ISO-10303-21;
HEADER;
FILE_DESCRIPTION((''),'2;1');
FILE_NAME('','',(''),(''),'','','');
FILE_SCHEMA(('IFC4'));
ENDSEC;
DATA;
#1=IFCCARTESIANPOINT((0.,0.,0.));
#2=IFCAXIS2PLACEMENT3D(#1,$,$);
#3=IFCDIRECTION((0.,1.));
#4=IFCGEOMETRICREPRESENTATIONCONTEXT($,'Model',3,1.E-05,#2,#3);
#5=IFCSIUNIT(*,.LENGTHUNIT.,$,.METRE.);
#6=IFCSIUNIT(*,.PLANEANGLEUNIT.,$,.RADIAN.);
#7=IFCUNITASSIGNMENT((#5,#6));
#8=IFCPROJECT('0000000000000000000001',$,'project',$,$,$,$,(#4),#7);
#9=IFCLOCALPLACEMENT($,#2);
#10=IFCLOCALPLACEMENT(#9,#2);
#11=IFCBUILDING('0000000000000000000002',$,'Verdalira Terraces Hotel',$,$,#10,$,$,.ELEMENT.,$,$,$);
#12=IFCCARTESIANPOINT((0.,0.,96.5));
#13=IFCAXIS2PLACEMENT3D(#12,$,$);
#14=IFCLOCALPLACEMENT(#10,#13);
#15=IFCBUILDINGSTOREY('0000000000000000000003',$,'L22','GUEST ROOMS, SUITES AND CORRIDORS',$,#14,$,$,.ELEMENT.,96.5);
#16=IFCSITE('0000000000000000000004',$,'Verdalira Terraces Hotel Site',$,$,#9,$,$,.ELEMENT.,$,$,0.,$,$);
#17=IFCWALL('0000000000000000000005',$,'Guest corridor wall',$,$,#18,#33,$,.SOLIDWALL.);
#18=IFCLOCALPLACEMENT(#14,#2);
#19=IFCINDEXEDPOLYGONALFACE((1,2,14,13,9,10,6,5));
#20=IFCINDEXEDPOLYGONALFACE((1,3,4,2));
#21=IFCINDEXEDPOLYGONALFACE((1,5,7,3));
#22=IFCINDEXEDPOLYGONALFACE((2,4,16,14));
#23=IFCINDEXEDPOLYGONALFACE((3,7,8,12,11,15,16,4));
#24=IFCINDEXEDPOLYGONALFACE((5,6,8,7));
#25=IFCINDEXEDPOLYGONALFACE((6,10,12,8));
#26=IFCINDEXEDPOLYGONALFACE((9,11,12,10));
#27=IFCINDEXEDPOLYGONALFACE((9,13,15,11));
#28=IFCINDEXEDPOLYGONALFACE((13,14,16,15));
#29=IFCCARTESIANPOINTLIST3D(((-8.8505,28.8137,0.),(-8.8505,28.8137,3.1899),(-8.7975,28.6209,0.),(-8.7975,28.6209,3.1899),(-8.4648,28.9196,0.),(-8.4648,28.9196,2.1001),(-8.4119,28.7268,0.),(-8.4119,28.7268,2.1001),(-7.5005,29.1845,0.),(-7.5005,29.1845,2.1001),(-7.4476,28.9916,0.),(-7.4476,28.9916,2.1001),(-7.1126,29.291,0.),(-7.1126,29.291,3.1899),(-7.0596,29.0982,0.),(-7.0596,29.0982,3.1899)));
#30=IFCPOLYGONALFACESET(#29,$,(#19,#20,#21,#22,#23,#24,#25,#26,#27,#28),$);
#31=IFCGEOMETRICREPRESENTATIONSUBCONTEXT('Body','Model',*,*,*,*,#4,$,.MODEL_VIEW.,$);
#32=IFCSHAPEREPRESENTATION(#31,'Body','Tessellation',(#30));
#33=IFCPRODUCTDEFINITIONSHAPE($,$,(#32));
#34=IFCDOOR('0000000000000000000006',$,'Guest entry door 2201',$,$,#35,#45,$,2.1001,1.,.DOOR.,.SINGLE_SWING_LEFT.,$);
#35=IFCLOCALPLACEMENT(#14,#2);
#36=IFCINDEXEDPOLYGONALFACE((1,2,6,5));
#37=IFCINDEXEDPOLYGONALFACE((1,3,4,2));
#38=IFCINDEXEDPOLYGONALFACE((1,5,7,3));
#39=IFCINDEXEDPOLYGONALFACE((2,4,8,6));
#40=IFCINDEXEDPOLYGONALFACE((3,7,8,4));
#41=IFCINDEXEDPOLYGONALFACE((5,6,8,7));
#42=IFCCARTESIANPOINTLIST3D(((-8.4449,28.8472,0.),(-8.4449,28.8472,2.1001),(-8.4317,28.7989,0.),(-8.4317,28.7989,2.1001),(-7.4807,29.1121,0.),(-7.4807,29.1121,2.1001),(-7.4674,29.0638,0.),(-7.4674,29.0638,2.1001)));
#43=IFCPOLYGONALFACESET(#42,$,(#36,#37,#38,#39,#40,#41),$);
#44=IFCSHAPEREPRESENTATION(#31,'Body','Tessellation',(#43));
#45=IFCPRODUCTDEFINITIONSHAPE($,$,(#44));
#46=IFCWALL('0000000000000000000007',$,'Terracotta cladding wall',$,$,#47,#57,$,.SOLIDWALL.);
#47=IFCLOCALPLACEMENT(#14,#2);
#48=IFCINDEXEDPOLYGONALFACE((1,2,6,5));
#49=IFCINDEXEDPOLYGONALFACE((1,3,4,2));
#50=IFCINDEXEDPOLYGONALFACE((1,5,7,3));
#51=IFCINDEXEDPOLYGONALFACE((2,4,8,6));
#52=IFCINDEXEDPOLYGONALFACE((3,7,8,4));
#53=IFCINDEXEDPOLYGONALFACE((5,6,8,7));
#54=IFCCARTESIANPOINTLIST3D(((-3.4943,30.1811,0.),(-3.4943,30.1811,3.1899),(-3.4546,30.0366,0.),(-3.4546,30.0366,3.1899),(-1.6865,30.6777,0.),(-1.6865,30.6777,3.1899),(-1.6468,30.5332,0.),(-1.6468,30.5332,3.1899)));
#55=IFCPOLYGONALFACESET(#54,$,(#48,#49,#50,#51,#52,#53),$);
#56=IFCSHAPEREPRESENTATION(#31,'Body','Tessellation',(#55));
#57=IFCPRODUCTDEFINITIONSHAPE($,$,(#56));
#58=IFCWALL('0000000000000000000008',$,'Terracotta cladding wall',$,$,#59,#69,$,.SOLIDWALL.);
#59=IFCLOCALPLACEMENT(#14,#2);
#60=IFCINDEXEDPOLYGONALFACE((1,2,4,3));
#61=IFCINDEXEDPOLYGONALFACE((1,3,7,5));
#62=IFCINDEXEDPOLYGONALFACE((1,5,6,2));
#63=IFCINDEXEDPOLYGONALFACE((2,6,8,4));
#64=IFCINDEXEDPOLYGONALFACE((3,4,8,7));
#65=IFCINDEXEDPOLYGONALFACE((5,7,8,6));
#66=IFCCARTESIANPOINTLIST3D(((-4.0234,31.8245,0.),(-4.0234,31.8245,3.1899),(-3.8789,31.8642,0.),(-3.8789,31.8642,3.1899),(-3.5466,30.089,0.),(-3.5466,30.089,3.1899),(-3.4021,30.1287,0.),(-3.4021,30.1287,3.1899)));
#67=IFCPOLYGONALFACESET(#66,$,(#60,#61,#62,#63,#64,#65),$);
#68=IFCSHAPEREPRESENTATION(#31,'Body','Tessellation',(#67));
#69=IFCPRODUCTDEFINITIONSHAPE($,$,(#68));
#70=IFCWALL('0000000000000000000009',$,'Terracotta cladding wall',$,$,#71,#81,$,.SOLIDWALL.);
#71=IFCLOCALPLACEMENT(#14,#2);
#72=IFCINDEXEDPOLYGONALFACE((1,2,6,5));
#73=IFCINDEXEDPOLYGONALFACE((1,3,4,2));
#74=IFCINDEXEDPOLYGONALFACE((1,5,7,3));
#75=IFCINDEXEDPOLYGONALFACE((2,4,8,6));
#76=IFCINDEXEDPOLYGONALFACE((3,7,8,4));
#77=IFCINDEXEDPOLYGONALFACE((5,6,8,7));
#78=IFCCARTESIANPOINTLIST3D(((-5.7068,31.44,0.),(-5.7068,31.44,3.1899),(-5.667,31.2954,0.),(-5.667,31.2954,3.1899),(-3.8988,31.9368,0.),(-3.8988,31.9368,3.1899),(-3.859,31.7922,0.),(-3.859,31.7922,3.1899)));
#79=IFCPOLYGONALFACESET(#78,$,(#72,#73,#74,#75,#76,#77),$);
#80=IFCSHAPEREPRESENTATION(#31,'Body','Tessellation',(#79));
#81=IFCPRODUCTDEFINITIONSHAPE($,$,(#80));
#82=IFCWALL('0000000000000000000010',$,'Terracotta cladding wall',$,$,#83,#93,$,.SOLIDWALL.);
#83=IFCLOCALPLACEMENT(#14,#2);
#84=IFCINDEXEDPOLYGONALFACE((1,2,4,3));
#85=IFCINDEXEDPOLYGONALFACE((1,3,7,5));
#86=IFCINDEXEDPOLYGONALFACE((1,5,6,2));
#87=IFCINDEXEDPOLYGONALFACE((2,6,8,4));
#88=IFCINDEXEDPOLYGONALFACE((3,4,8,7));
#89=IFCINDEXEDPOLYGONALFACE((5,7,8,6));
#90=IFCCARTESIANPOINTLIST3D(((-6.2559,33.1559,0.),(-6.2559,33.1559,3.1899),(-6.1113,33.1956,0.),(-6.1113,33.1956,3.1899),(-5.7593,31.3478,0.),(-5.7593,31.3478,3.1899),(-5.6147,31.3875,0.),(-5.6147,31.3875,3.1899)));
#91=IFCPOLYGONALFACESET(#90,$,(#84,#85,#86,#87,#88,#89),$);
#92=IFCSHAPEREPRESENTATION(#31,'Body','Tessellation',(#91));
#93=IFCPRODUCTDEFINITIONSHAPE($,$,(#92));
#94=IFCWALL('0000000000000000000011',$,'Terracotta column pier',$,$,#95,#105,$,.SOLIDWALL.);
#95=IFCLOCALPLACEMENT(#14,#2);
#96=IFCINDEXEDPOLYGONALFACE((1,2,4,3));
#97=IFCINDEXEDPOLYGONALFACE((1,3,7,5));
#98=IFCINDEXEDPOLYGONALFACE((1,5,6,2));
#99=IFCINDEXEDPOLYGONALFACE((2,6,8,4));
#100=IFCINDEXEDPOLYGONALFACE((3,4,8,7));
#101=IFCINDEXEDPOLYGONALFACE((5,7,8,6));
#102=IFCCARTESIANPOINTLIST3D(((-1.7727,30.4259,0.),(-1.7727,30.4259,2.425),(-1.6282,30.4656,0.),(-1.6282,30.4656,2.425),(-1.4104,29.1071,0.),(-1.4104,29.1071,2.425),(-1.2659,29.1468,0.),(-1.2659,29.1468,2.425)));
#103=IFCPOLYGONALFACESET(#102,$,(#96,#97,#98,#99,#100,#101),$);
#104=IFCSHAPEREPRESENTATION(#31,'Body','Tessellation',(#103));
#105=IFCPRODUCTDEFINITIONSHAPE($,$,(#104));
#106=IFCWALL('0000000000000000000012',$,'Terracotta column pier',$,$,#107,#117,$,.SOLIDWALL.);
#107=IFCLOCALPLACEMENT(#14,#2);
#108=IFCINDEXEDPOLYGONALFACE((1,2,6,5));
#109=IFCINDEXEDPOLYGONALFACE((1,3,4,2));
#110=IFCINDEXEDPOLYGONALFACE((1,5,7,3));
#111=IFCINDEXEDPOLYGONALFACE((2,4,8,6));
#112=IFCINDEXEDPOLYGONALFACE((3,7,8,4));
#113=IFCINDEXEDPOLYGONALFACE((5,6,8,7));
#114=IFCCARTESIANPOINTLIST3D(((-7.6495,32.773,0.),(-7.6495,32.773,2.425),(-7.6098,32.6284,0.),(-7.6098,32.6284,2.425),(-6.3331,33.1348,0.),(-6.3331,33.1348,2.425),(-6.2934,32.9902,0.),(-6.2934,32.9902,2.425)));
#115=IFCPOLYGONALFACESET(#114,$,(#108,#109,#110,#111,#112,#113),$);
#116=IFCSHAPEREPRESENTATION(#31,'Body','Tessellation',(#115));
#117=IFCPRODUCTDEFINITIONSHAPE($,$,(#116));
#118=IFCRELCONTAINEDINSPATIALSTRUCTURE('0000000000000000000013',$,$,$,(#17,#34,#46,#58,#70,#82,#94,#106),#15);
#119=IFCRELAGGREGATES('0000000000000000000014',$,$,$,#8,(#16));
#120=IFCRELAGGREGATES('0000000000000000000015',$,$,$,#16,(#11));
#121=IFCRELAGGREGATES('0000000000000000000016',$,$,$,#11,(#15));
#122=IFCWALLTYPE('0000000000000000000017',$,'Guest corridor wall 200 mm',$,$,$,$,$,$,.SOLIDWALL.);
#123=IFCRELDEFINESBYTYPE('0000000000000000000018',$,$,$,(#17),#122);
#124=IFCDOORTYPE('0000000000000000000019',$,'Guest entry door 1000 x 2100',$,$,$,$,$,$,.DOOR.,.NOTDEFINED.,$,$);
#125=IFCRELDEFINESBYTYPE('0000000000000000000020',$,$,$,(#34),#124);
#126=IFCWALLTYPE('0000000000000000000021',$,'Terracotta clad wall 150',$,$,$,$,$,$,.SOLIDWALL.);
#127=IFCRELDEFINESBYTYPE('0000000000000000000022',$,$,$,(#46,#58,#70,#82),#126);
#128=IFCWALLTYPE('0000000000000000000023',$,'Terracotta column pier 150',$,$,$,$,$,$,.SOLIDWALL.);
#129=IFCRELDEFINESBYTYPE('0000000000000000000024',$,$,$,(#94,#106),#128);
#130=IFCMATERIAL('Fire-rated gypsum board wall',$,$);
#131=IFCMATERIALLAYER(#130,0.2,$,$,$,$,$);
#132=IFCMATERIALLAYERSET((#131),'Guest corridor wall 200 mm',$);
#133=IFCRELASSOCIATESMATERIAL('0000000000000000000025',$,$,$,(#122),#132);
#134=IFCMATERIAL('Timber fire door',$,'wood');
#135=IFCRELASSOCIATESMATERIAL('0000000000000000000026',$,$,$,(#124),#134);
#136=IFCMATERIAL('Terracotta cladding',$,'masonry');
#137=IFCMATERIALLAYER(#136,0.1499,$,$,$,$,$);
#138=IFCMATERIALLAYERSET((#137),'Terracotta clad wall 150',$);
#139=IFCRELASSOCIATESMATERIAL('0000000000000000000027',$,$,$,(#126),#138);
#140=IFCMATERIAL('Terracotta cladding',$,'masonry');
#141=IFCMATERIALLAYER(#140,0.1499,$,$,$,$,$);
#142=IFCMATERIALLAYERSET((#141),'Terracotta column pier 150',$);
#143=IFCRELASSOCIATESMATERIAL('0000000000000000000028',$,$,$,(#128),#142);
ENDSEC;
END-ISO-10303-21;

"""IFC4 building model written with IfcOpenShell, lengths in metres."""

from ifc_helpers import new_model, si_unit, direction, frame, frame_2d, origin, place, context, subcontext, project, spatial, rectangle, extrude, material, layer, layer_set, type_object, element, fill, save


model = new_model("IFC4")

# Units and contexts
model_context = context("Model", 3, precision=1e-05, world=origin(), true_north=direction((0.0, 1.0)))
body_context = subcontext(model_context, "Body", "Model", "MODEL_VIEW")
ifc_project = project(units=[si_unit("LENGTHUNIT", "METRE"), si_unit("PLANEANGLEUNIT", "RADIAN")], contexts=[model_context])

# Site, building, storey
site_placement = place(None, origin())
site = spatial("IfcSite", under=ifc_project, at=site_placement, Name="Verdalira Terraces Hotel Site", CompositionType="ELEMENT", RefElevation=0.0)
building_placement = place(site_placement, origin())
building = spatial("IfcBuilding", under=site, at=building_placement, Name="Verdalira Terraces Hotel", CompositionType="ELEMENT")
storey_placement = place(building_placement, frame((0.0, 0.0, 96.5)))
storey = spatial("IfcBuildingStorey", under=building, at=storey_placement, Name="L22", Description="GUEST ROOMS, SUITES AND CORRIDORS", CompositionType="ELEMENT", Elevation=96.5)

# Wall, opening, door
ifc_material_1 = material(Name="Fire-rated gypsum board wall")
ifc_layer_1 = layer(ifc_material_1, 0.2)
ifc_layer_set_1 = layer_set([ifc_layer_1], Name="Guest corridor wall 200 mm")
wall_type_1 = type_object("IfcWallType", Name="Guest corridor wall 200 mm", PredefinedType="SOLIDWALL", material=ifc_layer_set_1)
wall_1_placement = place(storey_placement, frame((-8.824, 28.7173, 0.0), z_axis=(0.0, 0.0, 1.0), x_axis=(0.96429, 0.264848, 0.0)))
wall_1 = element("IfcWall", 1, at=wall_1_placement, inside=storey, type_object=wall_type_1, Name="Guest corridor wall", PredefinedType="SOLIDWALL", context=body_context, shape_type="SweptSolid", body=[
    extrude(rectangle(XDim=1.8022, YDim=0.2, at=frame_2d((0.9011, 0.0))), origin(), (0.0, 0.0, 1.0), 3.1899),
])
opening_1_placement = place(wall_1_placement, frame((0.3999, 0.0, 0.0)))
opening_1 = element("IfcOpeningElement", 2, at=opening_1_placement, cuts=wall_1, PredefinedType="OPENING", context=body_context, shape_type="SweptSolid", body=[
    extrude(rectangle(XDim=1.0, YDim=2.1001, at=frame_2d((0.5, 1.05))), frame((0.0, 0.1099, 0.0), z_axis=(0.0, -1.0, 0.0), x_axis=(1.0, 0.0, 0.0)), (0.0, 0.0, 1.0), 0.22),
])
ifc_material_2 = material(Name="Timber fire door", Category="wood")
door_type_1 = type_object("IfcDoorType", Name="Guest entry door 1000 x 2100", OperationType="NOTDEFINED", PredefinedType="DOOR", material=ifc_material_2)
door_1_placement = place(opening_1_placement, origin())
door_1 = element("IfcDoor", 3, at=door_1_placement, inside=storey, type_object=door_type_1, Name="Guest entry door 2201", OperationType="SINGLE_SWING_LEFT", OverallHeight=2.1001, OverallWidth=1.0, PredefinedType="DOOR", context=body_context, shape_type="SweptSolid", body=[
    extrude(rectangle(XDim=1.0, YDim=2.1001, at=frame_2d((0.5, 1.05))), frame((0.0, 0.0249, 0.0), z_axis=(0.0, -1.0, 0.0), x_axis=(1.0, 0.0, 0.0)), (0.0, 0.0, 1.0), 0.05),
])
fill(opening_1, door_1)

# Walls
ifc_material_3 = material(Name="Terracotta cladding", Category="masonry")
ifc_layer_2 = layer(ifc_material_3, 0.1499)
ifc_layer_set_2 = layer_set([ifc_layer_2], Name="Terracotta clad wall 150")
wall_type_2 = type_object("IfcWallType", Name="Terracotta clad wall 150", PredefinedType="SOLIDWALL", material=ifc_layer_set_2)
wall_2_placement = place(storey_placement, frame((-1.6665, 30.6055, 0.0), z_axis=(0.0, 0.0, 1.0), x_axis=(-0.964284, -0.264869, 0.0)))
element("IfcWall", 4, at=wall_2_placement, inside=storey, type_object=wall_type_2, Name="Terracotta cladding wall", PredefinedType="SOLIDWALL", context=body_context, shape_type="SweptSolid", body=[
    extrude(rectangle(XDim=1.8748, YDim=0.1499, at=frame_2d((0.9375, 0.0))), origin(), (0.0, 0.0, 1.0), 3.1899),
])
wall_3_placement = place(storey_placement, frame((-3.4744, 30.1089, 0.0), z_axis=(0.0, 0.0, 1.0), x_axis=(-0.264907, 0.964274, 0.0)))
element("IfcWall", 5, at=wall_3_placement, inside=storey, type_object=wall_type_2, Name="Terracotta cladding wall", PredefinedType="SOLIDWALL", context=body_context, shape_type="SweptSolid", body=[
    extrude(rectangle(XDim=1.7998, YDim=0.1499, at=frame_2d((0.8999, 0.0))), origin(), (0.0, 0.0, 1.0), 3.1899),
])
for number, where, z_axis, x_axis, name in (
    (6, (-3.8789, 31.8645, 0.0), (0.0, 0.0, 1.0), (-0.96426, -0.264957, 0.0), "Terracotta cladding wall"),
    (7, (-5.687, 31.3677, 0.0), (0.0, 0.0, 1.0), (-0.264836, 0.964294, 0.0), "Terracotta cladding wall"),
):
    element("IfcWall", number, at=place(storey_placement, frame(where, z_axis=z_axis, x_axis=x_axis)), inside=storey, type_object=wall_type_2, Name=name, PredefinedType="SOLIDWALL", context=body_context, shape_type="SweptSolid", body=[
        extrude(rectangle(XDim=1.875, YDim=0.1499, at=frame_2d((0.9375, 0.0))), origin(), (0.0, 0.0, 1.0), 3.1899),
    ])
ifc_material_4 = material(Name="Terracotta cladding", Category="masonry")
ifc_layer_3 = layer(ifc_material_4, 0.1499)
ifc_layer_set_3 = layer_set([ifc_layer_3], Name="Terracotta column pier 150")
wall_type_3 = type_object("IfcWallType", Name="Terracotta column pier 150", PredefinedType="SOLIDWALL", material=ifc_layer_set_3)
wall_4_placement = place(storey_placement, frame((-1.3381, 29.127, 0.0), z_axis=(0.0, 0.0, 1.0), x_axis=(-0.264899, 0.964276, 0.0)))
element("IfcWall", 8, at=wall_4_placement, inside=storey, type_object=wall_type_3, Name="Terracotta column pier", PredefinedType="SOLIDWALL", context=body_context, shape_type="SweptSolid", body=[
    extrude(rectangle(XDim=1.3677, YDim=0.1499, at=frame_2d((0.6838, 0.0))), origin(), (0.0, 0.0, 1.0), 2.425),
])
wall_5_placement = place(storey_placement, frame((-6.3132, 33.0625, 0.0), z_axis=(0.0, 0.0, 1.0), x_axis=(-0.964242, -0.265023, 0.0)))
element("IfcWall", 9, at=wall_5_placement, inside=storey, type_object=wall_type_3, Name="Terracotta column pier", PredefinedType="SOLIDWALL", context=body_context, shape_type="SweptSolid", body=[
    extrude(rectangle(XDim=1.3652, YDim=0.1499, at=frame_2d((0.6826, 0.0))), origin(), (0.0, 0.0, 1.0), 2.425),
])

save(model, "model.ifc")
